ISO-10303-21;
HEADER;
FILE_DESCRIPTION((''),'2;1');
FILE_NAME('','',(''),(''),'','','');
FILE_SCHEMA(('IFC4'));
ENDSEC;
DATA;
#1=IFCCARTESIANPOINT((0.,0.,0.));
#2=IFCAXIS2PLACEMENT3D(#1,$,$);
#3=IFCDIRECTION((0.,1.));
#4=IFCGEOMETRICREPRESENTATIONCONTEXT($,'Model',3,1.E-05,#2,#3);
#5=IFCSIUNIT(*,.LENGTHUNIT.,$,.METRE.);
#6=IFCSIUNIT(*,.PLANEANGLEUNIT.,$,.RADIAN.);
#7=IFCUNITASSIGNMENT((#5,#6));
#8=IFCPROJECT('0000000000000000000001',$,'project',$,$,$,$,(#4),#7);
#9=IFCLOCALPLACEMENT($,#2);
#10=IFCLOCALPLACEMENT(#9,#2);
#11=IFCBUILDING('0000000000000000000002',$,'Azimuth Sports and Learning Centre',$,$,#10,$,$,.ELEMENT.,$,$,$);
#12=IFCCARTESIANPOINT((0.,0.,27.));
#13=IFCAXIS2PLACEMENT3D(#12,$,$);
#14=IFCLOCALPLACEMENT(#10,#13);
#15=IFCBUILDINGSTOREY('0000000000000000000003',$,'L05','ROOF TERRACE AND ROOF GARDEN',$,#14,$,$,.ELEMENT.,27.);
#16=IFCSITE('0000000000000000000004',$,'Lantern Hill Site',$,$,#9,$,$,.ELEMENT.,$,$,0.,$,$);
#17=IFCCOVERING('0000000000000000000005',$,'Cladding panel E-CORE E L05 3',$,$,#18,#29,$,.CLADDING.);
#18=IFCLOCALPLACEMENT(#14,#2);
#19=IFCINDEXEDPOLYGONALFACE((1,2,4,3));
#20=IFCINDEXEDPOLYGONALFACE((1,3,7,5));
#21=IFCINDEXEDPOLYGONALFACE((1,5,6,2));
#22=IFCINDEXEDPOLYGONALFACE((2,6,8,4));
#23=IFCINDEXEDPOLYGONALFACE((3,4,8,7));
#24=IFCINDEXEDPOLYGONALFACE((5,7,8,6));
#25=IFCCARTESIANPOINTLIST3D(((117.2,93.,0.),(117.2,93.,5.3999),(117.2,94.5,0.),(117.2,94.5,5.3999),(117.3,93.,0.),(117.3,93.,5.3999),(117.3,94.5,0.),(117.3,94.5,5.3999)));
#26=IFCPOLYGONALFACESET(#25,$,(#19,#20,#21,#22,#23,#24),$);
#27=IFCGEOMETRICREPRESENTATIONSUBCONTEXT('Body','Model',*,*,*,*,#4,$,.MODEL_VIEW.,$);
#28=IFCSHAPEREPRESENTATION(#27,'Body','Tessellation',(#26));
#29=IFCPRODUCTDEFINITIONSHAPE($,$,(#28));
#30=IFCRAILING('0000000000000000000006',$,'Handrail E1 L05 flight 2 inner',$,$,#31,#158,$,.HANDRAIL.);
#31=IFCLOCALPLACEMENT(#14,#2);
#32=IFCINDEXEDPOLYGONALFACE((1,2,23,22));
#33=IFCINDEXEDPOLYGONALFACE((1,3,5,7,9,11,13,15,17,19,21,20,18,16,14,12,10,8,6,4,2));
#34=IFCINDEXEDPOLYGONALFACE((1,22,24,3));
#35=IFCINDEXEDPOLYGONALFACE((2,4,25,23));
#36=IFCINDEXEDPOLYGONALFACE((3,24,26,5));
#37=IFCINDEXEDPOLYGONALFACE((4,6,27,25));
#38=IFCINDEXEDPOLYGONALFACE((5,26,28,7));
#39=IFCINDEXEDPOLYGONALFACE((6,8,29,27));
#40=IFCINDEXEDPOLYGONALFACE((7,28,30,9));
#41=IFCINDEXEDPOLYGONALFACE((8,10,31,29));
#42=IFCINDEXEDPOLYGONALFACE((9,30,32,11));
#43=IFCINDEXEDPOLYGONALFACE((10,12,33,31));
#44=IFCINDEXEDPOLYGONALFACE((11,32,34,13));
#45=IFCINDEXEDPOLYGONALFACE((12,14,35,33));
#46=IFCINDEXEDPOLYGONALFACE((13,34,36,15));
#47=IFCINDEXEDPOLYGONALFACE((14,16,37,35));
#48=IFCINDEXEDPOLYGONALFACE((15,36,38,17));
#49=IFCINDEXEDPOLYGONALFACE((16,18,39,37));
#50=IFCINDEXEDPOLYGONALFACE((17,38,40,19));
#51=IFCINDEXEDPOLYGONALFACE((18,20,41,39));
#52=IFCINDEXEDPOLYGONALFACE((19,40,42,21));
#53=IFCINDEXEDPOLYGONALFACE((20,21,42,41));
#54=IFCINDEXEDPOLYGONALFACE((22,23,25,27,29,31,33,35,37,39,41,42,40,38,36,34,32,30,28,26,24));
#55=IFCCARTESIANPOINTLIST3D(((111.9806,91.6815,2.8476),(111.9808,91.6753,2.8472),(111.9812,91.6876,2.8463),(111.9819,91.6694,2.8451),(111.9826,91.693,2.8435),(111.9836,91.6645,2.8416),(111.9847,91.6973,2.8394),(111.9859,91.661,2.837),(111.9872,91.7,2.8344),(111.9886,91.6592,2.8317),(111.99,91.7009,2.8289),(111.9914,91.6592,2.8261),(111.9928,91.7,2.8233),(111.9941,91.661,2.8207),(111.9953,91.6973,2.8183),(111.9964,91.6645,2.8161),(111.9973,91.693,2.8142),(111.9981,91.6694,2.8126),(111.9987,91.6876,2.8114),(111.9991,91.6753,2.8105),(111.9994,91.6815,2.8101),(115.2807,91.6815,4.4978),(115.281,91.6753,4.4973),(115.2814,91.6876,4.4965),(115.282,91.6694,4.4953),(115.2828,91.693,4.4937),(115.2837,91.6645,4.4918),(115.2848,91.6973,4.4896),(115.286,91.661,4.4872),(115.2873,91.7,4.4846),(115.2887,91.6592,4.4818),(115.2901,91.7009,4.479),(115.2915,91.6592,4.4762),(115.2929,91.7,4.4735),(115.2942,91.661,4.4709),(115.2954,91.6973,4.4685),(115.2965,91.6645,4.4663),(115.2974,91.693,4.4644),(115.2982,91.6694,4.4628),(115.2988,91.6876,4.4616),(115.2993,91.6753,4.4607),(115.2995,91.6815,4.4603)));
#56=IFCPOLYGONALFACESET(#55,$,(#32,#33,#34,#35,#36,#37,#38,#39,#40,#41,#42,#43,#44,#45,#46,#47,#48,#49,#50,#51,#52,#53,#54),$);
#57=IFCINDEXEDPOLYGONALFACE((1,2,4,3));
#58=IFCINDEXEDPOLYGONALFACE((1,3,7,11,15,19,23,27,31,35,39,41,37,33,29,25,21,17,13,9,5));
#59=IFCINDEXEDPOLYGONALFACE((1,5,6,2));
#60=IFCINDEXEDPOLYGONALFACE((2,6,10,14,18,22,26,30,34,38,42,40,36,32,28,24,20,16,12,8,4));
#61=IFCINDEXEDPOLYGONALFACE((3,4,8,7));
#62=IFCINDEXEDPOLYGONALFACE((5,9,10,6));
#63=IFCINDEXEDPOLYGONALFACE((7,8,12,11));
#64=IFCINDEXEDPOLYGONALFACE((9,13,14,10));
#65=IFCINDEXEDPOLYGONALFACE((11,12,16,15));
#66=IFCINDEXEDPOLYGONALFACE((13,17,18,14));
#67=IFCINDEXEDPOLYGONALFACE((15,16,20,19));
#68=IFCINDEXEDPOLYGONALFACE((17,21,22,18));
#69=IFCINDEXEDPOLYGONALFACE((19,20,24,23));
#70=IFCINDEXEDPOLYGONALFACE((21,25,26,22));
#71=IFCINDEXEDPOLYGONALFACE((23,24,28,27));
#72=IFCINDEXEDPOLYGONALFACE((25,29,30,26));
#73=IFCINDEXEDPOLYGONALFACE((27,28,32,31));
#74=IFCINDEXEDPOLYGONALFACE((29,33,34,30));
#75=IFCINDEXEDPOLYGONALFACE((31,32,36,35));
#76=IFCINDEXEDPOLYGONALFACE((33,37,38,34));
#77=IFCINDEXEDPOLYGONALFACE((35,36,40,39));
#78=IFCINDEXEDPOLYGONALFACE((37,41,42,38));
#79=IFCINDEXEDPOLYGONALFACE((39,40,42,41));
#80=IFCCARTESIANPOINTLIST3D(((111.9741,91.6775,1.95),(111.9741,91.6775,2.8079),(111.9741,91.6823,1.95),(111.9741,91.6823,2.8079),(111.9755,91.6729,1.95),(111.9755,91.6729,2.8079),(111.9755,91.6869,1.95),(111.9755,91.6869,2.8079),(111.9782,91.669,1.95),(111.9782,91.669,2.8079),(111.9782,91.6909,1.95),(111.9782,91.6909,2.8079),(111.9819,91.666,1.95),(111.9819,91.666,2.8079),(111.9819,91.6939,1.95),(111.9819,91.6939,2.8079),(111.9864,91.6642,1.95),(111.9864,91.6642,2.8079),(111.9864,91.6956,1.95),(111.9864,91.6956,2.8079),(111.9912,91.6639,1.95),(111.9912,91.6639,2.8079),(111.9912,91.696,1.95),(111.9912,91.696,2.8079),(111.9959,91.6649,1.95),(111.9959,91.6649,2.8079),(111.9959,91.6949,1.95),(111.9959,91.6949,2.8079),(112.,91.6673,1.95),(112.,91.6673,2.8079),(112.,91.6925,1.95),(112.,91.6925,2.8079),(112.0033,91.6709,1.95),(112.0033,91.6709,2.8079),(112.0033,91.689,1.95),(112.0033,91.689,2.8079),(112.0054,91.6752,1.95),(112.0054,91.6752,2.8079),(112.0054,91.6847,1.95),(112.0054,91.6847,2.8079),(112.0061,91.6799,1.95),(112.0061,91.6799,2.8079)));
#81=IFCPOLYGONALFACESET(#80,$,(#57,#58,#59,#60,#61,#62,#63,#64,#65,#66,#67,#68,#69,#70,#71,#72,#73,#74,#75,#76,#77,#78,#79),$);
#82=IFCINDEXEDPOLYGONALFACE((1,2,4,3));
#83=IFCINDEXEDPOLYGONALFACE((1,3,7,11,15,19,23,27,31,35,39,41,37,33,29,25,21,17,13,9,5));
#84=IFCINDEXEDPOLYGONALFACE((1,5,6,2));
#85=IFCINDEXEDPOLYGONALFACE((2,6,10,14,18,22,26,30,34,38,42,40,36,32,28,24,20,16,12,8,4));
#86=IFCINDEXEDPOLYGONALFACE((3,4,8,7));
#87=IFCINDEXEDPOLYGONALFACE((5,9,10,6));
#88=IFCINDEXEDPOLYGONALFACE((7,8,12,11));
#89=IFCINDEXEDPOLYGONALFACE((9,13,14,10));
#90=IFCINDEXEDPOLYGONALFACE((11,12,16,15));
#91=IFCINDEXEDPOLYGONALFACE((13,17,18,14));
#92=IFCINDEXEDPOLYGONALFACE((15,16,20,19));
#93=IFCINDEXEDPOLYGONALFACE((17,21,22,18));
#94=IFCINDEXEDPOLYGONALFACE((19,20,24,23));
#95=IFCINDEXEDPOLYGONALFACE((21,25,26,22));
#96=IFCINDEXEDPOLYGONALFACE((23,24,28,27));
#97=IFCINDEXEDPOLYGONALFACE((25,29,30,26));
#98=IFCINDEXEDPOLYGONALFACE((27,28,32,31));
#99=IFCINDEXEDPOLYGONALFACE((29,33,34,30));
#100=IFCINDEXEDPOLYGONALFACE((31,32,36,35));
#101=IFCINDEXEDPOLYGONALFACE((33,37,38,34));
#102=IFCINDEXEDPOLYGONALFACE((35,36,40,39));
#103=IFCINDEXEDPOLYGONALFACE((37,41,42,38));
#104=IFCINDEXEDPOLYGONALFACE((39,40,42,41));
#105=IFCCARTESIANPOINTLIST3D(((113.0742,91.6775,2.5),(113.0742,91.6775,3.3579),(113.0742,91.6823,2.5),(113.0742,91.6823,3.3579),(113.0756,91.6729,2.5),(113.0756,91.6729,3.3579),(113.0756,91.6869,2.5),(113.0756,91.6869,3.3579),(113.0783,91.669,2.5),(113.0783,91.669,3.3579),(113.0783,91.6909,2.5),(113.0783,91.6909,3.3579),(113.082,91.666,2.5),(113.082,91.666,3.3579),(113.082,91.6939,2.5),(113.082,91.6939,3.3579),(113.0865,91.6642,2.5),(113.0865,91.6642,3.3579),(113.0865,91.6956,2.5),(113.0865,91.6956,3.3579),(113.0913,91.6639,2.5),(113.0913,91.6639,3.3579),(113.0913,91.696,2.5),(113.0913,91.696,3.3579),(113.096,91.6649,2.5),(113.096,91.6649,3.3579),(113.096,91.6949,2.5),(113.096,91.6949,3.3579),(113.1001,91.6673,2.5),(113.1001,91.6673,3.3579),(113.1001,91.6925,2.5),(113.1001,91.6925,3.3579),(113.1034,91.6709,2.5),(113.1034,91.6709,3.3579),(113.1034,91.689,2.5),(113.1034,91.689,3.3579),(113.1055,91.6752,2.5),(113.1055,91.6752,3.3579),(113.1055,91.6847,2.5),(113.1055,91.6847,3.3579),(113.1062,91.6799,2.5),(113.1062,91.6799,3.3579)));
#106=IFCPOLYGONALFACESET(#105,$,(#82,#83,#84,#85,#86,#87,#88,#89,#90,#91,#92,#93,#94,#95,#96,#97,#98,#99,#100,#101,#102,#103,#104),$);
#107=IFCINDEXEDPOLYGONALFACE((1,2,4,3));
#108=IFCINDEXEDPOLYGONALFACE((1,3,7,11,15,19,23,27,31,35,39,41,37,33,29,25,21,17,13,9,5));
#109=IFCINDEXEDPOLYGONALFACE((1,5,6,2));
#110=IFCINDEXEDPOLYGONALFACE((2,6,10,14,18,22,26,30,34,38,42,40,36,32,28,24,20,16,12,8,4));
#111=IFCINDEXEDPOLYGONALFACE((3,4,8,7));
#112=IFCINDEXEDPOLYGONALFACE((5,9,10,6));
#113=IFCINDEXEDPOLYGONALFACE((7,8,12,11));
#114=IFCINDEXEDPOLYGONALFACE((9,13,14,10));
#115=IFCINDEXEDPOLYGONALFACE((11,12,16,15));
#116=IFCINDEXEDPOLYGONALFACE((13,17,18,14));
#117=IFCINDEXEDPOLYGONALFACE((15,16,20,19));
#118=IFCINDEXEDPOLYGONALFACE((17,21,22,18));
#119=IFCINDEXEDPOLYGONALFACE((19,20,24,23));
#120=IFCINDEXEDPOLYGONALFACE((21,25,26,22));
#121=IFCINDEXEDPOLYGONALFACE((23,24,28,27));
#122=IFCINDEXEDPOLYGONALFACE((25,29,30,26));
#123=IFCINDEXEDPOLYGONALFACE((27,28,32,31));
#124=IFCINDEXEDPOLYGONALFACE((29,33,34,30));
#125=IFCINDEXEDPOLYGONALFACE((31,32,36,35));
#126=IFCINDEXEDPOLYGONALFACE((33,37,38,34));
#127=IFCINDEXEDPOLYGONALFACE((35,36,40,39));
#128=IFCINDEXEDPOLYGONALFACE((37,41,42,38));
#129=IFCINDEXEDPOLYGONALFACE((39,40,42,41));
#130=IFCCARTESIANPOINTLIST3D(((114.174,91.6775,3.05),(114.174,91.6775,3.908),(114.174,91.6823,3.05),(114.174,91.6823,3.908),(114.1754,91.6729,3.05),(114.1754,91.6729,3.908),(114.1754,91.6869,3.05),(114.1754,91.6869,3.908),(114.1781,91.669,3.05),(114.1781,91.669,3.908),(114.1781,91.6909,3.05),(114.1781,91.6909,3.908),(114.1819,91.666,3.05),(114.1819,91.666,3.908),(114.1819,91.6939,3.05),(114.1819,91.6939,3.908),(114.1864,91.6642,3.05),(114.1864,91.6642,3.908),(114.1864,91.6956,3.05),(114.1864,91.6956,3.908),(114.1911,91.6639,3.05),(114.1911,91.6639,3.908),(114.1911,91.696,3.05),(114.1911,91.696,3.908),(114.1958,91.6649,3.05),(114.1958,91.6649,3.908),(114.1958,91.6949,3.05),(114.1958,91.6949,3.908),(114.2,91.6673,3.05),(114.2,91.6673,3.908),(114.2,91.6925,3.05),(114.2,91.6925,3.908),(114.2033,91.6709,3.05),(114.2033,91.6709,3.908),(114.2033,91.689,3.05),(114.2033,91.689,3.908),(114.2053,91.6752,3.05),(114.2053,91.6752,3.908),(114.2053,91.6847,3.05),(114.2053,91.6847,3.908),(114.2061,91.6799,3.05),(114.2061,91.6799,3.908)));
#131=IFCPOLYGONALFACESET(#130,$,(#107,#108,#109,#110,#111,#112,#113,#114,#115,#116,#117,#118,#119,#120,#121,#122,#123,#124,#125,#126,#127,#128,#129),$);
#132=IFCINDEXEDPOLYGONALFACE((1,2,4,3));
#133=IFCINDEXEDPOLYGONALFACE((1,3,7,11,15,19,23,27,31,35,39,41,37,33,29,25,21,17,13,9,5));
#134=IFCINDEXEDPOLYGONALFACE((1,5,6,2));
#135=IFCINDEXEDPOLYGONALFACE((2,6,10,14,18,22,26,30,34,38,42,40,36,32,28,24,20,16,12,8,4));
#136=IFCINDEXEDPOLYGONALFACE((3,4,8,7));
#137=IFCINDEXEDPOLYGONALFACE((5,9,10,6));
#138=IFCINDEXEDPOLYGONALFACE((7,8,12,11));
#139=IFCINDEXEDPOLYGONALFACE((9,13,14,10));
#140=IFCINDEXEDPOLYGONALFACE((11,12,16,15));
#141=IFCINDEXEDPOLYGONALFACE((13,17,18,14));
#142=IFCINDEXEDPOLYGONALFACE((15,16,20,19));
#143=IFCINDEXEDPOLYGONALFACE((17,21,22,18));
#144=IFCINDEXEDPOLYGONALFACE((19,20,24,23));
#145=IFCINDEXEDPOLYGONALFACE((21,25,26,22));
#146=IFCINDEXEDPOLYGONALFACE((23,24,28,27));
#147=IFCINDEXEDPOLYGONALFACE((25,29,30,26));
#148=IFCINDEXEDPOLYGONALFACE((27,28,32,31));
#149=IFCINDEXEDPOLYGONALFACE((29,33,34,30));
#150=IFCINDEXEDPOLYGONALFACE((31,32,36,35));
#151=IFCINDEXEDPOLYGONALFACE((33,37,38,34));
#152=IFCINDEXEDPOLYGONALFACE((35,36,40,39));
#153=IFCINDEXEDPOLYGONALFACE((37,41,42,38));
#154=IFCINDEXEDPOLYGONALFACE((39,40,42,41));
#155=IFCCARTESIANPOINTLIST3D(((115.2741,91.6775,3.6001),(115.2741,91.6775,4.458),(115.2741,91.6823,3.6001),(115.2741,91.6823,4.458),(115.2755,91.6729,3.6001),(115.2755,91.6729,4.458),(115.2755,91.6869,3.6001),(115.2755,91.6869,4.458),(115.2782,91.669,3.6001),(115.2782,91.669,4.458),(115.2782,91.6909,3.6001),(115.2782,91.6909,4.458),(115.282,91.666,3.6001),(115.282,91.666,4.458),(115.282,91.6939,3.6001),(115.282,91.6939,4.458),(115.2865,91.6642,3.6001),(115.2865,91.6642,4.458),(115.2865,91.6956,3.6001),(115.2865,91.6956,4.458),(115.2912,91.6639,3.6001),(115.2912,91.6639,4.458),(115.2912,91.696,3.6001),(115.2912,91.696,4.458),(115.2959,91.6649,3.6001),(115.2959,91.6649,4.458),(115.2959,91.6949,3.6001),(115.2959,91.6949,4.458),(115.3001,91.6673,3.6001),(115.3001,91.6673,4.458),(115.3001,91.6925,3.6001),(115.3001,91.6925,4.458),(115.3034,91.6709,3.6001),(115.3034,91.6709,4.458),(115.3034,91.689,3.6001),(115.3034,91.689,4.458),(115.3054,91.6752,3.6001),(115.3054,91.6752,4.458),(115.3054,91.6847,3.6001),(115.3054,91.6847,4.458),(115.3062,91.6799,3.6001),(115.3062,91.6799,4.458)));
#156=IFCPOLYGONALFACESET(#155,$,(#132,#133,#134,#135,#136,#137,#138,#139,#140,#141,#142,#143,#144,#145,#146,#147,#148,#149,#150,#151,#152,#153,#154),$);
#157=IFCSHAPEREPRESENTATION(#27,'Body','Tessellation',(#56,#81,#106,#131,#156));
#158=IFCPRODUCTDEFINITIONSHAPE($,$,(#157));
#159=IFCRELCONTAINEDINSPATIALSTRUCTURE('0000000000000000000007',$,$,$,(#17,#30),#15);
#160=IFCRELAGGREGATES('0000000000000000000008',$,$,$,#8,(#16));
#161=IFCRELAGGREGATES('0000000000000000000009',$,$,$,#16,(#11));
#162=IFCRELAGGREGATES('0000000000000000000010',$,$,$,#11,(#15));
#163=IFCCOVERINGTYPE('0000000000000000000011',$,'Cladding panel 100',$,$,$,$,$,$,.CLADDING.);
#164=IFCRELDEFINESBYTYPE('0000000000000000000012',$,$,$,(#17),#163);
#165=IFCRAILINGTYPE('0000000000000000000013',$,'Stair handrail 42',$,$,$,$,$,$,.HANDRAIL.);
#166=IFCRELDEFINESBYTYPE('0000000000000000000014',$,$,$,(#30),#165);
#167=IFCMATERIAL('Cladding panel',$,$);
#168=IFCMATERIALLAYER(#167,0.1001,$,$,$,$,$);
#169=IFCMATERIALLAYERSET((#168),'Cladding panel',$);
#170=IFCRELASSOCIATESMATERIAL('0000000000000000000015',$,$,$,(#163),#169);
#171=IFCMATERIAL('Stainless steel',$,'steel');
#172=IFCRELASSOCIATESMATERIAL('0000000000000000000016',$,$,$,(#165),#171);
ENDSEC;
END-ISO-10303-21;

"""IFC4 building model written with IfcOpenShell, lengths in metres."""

from ifc_helpers import new_model, si_unit, direction, frame, origin, origin_2d, place, context, subcontext, project, spatial, rectangle, circle, extrude, material, layer, layer_set, type_object, element, save


model = new_model("IFC4")

# Units and contexts
model_context = context("Model", 3, precision=1e-05, world=origin(), true_north=direction((0.0, 1.0)))
body_context = subcontext(model_context, "Body", "Model", "MODEL_VIEW")
ifc_project = project(units=[si_unit("LENGTHUNIT", "METRE"), si_unit("PLANEANGLEUNIT", "RADIAN")], contexts=[model_context])

# Site, building, storey
site_placement = place(None, origin())
site = spatial("IfcSite", under=ifc_project, at=site_placement, Name="Lantern Hill Site", CompositionType="ELEMENT", RefElevation=0.0)
building_placement = place(site_placement, origin())
building = spatial("IfcBuilding", under=site, at=building_placement, Name="Azimuth Sports and Learning Centre", CompositionType="ELEMENT")
storey_placement = place(building_placement, frame((0.0, 0.0, 27.0)))
storey = spatial("IfcBuildingStorey", under=building, at=storey_placement, Name="L05", Description="ROOF TERRACE AND ROOF GARDEN", CompositionType="ELEMENT", Elevation=27.0)

# Covering
ifc_material_1 = material(Name="Cladding panel")
ifc_layer_1 = layer(ifc_material_1, 0.1001)
ifc_layer_set_1 = layer_set([ifc_layer_1], Name="Cladding panel")
covering_type = type_object("IfcCoveringType", Name="Cladding panel 100", PredefinedType="CLADDING", material=ifc_layer_set_1)
for number, where, z_axis, x_axis, name in (
    (1, (117.25, 93.75, 0.0), (0.0, 0.0, 1.0), (0.0, 1.0, 0.0), "Cladding panel E-CORE E L05 3"),
):
    element("IfcCovering", number, at=place(storey_placement, frame(where, z_axis=z_axis, x_axis=x_axis)), inside=storey, type_object=covering_type, Name=name, PredefinedType="CLADDING", context=body_context, shape_type="SweptSolid", body=[
        extrude(rectangle(XDim=1.5, YDim=0.1001, at=origin_2d()), origin(), (0.0, 0.0, 1.0), 5.3999),
    ])

# Railing
ifc_material_2 = material(Name="Stainless steel", Category="steel")
railing_type = type_object("IfcRailingType", Name="Stair handrail 42", PredefinedType="HANDRAIL", material=ifc_material_2)
for number, where, name in (
    (2, (111.99, 91.6799, 1.95), "Handrail E1 L05 flight 2 inner"),
):
    element("IfcRailing", number, at=place(storey_placement, frame(where)), inside=storey, type_object=railing_type, Name=name, PredefinedType="HANDRAIL", context=body_context, shape_type="SweptSolid", body=[
        extrude(circle(Radius=0.021, at=origin_2d()), frame((0.0, 0.0, 0.8789), z_axis=(0.894414, 0.0, 0.44724), x_axis=(0.0, 1.0, 0.0)), (0.0, 0.0, 1.0), 3.6897),
        extrude(circle(Radius=0.0161, at=origin_2d()), origin(), (0.0, 0.0, 1.0), 0.8579),
        extrude(circle(Radius=0.0161, at=origin_2d()), frame((1.1001, 0.0, 0.55)), (0.0, 0.0, 1.0), 0.8579),
        extrude(circle(Radius=0.0161, at=origin_2d()), frame((2.2, 0.0, 1.1001)), (0.0, 0.0, 1.0), 0.8579),
        extrude(circle(Radius=0.0161, at=origin_2d()), frame((3.3, 0.0, 1.6501)), (0.0, 0.0, 1.0), 0.8579),
    ])

save(model, "model.ifc")
